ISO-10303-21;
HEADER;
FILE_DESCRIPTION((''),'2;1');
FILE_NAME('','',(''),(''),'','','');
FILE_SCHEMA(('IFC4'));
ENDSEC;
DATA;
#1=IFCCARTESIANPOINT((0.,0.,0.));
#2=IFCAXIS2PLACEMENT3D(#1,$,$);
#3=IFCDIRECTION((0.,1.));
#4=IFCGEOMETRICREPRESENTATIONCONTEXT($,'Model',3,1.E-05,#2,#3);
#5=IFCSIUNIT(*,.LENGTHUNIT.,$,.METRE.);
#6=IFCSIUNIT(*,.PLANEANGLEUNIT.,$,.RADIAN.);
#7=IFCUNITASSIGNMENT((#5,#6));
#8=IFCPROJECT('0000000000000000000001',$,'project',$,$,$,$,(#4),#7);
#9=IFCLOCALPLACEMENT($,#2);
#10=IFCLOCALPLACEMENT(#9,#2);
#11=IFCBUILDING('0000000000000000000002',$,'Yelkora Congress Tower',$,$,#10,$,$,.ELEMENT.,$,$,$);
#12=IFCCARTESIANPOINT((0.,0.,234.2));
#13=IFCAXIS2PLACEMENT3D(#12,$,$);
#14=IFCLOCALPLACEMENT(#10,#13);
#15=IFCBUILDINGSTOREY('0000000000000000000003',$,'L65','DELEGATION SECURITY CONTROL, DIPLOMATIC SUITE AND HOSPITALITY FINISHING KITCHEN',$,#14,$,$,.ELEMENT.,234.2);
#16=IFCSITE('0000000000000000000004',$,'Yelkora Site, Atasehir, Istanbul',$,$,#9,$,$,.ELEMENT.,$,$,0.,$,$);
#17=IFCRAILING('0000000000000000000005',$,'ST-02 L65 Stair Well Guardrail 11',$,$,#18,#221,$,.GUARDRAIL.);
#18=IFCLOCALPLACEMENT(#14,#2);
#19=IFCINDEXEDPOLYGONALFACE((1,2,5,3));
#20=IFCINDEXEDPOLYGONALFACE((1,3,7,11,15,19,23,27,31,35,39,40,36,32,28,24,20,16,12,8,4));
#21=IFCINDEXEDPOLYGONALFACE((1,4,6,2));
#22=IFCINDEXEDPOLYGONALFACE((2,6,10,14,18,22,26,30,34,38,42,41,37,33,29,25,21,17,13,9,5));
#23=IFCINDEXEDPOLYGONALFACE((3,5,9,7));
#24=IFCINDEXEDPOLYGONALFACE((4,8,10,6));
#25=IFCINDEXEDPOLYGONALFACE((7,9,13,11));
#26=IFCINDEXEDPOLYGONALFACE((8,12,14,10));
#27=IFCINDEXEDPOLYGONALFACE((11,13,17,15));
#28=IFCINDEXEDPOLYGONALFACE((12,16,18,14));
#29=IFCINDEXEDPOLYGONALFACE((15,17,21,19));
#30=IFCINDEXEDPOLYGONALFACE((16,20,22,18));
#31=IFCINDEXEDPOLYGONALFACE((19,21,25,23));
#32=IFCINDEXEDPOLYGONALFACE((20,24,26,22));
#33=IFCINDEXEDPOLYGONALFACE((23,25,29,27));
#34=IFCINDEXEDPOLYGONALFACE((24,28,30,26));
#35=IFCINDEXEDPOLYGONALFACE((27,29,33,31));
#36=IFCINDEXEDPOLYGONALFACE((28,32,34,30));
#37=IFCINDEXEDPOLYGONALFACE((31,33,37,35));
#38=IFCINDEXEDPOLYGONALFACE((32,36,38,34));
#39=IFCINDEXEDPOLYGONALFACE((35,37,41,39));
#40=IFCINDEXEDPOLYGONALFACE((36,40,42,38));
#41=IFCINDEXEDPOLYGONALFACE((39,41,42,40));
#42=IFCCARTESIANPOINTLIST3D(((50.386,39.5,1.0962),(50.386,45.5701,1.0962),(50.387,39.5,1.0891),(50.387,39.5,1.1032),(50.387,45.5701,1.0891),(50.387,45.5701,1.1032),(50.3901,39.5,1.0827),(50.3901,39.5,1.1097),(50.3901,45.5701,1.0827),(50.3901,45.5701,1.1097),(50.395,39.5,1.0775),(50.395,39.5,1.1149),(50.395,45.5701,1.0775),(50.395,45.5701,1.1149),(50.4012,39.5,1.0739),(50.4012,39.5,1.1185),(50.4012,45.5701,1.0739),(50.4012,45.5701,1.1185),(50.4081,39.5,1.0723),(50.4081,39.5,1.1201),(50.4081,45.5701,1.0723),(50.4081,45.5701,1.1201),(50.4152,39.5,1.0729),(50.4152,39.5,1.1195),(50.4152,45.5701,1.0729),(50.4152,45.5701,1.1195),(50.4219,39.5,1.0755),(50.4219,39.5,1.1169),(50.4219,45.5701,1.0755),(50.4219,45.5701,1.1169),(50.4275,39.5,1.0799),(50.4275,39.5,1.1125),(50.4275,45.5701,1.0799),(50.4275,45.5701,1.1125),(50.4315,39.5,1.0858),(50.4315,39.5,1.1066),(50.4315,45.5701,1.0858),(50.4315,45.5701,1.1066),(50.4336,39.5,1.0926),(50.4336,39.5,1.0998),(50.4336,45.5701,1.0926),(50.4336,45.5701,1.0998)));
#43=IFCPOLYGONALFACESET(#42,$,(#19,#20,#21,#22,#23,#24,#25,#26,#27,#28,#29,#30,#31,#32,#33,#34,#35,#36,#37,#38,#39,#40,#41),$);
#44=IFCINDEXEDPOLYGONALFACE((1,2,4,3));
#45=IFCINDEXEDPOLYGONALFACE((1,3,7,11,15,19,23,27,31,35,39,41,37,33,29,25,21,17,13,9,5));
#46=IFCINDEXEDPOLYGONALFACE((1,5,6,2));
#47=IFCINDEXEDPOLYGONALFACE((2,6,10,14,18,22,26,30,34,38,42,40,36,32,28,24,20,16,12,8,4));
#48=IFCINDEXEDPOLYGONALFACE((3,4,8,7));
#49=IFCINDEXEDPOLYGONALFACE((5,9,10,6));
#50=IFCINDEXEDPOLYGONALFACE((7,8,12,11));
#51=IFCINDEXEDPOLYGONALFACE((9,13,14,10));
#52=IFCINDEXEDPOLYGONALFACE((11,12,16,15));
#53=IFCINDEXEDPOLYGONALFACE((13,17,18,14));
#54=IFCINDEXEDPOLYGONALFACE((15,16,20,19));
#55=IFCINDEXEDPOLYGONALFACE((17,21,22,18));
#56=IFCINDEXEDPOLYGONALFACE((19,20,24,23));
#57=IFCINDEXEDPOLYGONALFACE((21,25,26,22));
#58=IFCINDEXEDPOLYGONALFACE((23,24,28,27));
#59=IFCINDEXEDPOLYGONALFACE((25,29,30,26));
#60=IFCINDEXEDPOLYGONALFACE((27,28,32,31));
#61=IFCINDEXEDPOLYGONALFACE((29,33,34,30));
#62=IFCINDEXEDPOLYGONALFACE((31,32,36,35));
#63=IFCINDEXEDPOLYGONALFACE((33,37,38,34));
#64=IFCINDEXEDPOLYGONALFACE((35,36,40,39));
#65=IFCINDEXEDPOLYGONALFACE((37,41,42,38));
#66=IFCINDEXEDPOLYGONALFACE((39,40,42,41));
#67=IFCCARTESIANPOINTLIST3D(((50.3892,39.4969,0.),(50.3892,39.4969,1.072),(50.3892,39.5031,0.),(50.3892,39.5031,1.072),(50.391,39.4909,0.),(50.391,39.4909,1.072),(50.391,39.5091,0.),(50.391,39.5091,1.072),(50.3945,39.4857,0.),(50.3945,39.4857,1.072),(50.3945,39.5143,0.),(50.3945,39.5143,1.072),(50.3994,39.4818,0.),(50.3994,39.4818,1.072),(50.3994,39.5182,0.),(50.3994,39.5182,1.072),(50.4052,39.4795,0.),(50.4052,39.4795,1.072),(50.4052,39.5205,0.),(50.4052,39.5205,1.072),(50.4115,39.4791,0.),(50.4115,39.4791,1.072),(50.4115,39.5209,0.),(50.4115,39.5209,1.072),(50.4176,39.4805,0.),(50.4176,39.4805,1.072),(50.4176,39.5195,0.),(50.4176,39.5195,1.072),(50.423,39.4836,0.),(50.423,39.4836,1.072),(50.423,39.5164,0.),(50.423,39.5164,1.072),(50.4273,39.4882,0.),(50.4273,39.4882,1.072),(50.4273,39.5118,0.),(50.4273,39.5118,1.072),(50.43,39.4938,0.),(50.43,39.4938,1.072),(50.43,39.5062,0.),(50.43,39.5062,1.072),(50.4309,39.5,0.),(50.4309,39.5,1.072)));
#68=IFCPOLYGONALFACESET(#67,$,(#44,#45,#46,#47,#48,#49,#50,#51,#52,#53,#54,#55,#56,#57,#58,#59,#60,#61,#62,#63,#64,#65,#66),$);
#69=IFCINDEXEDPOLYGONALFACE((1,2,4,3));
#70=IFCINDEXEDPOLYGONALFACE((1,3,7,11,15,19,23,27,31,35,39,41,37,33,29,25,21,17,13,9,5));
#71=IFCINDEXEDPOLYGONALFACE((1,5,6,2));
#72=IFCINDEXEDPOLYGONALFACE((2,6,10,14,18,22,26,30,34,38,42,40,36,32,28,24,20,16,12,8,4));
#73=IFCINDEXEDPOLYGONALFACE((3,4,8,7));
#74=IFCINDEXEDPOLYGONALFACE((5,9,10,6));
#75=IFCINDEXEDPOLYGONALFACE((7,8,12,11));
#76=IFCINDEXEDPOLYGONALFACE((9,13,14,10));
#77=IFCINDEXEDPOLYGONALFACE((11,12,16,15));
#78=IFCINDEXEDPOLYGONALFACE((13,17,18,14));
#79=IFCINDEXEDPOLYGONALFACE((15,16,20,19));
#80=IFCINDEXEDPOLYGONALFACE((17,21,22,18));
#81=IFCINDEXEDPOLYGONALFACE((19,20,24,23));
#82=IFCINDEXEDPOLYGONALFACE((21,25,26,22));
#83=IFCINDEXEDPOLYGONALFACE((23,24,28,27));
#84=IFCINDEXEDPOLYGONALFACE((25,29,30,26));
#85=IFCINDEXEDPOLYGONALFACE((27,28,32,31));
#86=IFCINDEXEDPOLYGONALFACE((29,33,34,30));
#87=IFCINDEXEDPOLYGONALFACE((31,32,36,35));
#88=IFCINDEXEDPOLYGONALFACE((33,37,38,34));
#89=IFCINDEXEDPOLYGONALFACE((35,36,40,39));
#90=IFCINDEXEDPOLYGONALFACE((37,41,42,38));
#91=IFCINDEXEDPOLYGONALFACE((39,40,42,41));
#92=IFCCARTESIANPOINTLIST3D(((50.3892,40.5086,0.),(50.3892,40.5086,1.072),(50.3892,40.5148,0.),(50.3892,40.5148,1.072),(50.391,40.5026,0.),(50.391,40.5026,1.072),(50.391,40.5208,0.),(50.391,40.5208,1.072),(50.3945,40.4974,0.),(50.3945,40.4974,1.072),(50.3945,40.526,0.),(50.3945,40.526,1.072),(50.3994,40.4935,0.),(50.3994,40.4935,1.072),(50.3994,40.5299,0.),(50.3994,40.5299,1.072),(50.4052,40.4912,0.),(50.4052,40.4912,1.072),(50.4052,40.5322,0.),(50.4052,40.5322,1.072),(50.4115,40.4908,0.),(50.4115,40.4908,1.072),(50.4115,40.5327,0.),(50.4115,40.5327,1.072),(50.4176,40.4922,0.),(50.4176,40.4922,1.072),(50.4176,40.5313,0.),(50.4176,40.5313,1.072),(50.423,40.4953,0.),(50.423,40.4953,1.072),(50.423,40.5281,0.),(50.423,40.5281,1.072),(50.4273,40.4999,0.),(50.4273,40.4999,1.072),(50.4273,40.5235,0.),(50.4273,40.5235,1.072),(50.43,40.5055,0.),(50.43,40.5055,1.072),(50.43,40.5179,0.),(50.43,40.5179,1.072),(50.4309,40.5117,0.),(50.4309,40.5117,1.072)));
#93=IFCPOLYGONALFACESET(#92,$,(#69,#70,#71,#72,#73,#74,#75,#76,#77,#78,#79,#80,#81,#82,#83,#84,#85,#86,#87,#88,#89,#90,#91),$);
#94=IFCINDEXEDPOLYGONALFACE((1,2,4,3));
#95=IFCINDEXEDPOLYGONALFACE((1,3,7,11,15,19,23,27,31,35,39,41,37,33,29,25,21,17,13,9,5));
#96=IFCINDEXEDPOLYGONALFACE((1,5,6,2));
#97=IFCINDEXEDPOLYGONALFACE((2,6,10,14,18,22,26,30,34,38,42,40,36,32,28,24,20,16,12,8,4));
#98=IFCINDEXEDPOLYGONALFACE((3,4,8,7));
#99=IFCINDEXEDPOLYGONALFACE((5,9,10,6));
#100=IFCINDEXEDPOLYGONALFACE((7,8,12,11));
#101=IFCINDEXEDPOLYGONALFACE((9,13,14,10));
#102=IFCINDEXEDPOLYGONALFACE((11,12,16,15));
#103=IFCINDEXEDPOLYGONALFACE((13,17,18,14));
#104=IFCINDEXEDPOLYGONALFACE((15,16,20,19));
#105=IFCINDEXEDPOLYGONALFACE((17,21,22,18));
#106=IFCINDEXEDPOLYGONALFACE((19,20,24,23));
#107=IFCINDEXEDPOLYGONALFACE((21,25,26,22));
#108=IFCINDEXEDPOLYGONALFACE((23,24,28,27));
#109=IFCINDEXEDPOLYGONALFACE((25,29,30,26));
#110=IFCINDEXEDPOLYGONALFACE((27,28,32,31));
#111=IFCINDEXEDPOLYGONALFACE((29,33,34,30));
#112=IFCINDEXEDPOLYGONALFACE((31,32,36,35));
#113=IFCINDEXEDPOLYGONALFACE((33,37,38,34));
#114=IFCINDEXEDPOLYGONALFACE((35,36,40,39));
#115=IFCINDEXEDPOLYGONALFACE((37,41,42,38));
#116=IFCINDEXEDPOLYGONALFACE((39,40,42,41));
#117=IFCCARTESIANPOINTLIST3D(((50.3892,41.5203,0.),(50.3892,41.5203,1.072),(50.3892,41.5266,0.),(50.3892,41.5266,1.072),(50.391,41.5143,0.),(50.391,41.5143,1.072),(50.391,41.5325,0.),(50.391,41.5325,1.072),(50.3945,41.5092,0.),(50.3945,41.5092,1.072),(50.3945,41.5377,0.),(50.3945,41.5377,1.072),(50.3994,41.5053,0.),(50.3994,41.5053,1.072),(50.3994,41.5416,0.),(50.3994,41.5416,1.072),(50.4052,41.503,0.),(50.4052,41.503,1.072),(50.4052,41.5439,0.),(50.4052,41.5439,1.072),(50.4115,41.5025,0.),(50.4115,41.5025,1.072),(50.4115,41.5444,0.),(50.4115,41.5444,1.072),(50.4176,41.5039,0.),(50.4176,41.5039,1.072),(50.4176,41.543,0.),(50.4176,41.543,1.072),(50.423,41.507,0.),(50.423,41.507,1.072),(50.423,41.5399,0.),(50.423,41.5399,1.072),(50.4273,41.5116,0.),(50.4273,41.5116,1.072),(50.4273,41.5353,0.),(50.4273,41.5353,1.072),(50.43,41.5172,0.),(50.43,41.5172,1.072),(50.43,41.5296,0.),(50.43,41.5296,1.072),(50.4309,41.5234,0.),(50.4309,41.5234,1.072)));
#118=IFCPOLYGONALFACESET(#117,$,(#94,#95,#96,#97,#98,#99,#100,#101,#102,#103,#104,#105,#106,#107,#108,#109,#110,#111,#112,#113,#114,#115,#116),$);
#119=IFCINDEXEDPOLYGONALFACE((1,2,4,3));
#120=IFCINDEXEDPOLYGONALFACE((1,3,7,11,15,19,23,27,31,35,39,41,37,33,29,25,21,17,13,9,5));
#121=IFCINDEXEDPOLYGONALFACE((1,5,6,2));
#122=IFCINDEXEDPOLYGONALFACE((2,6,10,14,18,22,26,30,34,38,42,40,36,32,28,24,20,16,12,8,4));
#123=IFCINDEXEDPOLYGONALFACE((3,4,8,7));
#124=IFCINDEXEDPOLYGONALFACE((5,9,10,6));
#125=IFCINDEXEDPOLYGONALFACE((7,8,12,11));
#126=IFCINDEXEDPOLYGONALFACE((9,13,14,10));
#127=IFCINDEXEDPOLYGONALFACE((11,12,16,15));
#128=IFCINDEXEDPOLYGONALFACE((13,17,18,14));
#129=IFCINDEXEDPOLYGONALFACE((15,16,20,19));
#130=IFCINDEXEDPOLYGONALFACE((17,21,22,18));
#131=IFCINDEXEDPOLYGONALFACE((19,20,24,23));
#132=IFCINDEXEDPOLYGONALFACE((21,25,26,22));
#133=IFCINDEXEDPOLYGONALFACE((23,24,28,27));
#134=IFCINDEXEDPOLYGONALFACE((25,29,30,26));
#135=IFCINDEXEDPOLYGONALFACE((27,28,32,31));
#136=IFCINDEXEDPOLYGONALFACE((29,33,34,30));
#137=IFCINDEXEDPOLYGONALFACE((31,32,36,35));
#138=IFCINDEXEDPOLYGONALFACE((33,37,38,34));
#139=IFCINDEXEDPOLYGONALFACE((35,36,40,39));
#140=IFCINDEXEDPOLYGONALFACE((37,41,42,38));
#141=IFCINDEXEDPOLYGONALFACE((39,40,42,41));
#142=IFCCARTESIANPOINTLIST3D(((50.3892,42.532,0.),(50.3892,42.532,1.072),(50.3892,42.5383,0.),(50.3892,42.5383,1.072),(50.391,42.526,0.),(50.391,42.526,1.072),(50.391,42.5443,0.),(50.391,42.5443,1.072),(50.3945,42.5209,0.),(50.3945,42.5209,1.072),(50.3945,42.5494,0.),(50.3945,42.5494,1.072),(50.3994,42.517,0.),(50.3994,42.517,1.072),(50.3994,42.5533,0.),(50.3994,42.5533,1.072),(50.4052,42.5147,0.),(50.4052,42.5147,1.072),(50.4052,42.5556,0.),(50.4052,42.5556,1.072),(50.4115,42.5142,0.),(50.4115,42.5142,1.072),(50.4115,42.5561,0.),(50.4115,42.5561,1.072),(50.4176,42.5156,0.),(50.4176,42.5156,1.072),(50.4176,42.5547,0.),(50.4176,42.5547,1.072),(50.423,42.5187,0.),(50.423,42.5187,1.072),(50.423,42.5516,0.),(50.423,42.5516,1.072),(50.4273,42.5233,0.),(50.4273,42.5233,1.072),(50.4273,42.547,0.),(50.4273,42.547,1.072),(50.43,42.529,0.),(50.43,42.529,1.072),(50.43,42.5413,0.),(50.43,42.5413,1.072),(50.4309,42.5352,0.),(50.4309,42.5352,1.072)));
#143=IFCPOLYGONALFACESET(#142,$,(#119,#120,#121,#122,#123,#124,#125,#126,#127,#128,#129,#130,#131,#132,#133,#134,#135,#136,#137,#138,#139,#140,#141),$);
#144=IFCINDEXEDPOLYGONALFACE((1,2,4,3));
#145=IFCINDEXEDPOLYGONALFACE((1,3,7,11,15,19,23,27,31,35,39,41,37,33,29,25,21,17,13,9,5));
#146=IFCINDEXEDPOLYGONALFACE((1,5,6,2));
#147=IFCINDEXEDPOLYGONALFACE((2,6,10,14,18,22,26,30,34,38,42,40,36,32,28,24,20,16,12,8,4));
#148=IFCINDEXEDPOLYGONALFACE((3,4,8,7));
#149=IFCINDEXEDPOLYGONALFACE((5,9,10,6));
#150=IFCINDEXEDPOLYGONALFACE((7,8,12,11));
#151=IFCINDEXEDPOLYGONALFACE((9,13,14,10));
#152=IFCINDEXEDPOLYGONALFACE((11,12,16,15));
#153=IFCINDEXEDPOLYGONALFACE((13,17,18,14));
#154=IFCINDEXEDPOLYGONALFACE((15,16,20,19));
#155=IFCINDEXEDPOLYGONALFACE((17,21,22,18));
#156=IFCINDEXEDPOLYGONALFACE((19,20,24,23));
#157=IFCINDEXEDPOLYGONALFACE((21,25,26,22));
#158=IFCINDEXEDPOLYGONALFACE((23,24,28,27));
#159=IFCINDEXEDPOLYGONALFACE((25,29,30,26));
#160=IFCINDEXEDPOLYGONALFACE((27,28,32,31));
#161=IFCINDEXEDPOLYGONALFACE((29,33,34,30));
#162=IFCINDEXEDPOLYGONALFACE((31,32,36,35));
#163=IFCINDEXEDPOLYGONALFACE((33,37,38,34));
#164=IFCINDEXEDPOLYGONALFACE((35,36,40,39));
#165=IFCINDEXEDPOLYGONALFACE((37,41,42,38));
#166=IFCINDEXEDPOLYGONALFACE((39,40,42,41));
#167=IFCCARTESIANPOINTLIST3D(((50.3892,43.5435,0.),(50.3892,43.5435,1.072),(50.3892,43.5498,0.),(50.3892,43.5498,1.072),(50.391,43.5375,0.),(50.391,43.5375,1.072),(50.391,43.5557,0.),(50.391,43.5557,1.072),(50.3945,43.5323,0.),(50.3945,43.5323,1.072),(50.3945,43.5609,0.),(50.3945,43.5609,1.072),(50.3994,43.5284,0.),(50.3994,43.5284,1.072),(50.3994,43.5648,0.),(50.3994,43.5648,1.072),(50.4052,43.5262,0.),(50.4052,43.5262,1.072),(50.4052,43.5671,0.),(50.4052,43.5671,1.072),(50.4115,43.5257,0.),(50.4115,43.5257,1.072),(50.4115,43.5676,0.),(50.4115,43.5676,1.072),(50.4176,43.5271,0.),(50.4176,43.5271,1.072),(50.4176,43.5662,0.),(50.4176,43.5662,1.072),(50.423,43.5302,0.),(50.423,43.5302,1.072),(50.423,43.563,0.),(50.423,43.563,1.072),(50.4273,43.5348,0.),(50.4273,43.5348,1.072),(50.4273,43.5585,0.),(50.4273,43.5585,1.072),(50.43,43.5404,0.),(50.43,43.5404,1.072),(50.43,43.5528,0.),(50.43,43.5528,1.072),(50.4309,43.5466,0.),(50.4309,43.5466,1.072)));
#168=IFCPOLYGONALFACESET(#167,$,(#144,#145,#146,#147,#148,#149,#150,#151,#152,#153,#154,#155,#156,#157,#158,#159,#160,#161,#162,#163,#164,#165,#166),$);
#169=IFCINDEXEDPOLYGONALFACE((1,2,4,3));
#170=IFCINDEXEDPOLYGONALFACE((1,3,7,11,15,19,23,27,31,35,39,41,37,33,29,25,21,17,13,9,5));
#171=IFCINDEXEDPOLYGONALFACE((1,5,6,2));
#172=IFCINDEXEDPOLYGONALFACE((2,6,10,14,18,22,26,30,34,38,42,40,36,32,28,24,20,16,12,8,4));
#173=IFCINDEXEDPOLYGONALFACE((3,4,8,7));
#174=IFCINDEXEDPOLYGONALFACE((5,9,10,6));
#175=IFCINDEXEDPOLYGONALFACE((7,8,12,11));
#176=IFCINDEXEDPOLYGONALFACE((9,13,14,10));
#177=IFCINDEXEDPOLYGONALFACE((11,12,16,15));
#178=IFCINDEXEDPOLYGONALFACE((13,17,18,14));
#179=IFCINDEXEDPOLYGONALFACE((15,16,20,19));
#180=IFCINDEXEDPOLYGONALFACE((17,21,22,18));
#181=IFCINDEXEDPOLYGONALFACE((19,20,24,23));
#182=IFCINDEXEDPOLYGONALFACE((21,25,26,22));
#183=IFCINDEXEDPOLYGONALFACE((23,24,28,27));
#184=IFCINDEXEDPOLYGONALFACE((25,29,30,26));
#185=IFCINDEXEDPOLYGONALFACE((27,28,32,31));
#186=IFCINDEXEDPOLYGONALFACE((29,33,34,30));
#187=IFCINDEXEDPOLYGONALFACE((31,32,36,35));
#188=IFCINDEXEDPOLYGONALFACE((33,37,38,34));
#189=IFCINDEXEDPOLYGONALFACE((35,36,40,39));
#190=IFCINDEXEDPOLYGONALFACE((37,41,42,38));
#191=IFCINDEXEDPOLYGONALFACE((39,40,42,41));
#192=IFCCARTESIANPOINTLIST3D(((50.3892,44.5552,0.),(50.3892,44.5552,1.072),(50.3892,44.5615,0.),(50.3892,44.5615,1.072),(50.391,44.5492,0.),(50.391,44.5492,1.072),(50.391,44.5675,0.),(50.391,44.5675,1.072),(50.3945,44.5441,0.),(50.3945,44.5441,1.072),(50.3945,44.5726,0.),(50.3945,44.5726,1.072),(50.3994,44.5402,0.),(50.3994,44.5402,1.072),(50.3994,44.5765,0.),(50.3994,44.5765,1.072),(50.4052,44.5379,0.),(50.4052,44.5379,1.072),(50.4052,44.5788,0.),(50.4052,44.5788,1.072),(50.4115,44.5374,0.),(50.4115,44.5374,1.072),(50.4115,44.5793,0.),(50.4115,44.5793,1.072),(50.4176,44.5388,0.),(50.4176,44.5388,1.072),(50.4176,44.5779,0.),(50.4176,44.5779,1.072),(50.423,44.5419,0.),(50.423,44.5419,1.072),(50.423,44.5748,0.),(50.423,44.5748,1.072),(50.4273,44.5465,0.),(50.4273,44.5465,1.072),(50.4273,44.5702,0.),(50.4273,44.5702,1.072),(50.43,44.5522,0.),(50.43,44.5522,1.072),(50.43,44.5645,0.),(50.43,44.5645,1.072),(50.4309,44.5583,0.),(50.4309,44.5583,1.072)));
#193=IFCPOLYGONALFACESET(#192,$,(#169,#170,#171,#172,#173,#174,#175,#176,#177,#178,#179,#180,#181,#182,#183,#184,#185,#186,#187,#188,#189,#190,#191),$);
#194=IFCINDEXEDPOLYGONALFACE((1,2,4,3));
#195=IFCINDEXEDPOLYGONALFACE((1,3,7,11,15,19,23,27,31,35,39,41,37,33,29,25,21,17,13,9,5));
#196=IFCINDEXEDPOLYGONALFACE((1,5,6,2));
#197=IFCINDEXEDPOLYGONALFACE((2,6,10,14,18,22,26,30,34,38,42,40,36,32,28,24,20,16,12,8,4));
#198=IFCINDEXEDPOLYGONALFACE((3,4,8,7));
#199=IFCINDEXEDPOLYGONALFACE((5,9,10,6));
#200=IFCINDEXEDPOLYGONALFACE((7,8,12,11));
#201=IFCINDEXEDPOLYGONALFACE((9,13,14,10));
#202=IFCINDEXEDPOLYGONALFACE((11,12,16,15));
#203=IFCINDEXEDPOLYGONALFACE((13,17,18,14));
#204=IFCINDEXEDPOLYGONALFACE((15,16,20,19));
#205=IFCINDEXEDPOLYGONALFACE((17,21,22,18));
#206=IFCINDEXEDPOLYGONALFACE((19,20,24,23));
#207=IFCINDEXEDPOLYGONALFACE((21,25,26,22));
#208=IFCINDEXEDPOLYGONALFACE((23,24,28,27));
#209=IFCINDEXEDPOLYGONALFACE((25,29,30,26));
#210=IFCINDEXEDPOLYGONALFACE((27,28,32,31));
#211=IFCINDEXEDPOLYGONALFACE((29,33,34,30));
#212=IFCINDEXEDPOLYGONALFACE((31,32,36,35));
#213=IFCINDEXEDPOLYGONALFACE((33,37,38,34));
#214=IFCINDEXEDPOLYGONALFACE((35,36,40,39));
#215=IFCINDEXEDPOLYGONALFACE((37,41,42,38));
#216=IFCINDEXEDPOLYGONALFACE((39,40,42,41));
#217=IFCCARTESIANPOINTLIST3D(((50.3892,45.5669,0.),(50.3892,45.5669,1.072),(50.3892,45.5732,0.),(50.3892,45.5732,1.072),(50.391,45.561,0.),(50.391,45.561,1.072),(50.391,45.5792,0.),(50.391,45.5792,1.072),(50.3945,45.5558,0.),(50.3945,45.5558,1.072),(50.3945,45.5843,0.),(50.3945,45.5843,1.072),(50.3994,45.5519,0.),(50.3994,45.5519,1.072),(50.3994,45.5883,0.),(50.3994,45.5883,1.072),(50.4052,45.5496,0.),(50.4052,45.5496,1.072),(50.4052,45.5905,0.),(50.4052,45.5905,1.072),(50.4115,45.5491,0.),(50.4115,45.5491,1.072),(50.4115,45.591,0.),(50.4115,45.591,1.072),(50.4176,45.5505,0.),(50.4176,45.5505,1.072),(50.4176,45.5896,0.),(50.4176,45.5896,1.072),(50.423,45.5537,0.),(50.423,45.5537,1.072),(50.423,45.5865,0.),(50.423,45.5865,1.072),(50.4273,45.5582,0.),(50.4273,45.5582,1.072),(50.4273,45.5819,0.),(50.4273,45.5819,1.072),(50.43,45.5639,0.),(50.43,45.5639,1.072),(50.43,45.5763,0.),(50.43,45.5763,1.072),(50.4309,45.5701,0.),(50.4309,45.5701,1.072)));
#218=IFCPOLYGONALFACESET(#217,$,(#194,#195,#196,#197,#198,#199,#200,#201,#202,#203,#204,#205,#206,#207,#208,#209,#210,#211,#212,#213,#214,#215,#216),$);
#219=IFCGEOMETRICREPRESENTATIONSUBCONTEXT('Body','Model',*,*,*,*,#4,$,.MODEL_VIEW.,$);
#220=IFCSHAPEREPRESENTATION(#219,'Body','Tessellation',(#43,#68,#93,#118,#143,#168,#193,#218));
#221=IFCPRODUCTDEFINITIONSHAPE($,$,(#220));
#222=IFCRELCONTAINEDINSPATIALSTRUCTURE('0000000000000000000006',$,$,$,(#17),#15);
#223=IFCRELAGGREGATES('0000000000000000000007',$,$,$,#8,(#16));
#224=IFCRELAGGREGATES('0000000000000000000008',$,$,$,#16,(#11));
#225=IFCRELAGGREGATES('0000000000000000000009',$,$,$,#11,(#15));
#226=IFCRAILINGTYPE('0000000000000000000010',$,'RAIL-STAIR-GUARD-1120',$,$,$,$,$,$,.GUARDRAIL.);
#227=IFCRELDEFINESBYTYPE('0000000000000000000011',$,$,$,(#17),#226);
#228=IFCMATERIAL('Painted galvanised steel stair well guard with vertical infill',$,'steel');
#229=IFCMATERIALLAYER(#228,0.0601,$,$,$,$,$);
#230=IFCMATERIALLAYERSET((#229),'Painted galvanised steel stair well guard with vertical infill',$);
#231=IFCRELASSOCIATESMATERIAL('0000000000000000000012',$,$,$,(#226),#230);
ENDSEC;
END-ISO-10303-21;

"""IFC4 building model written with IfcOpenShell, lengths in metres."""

from ifc_helpers import new_model, si_unit, direction, frame, origin, origin_2d, place, context, subcontext, project, spatial, circle, extrude, material, layer, layer_set, type_object, element, save


model = new_model("IFC4")

# Units and contexts
model_context = context("Model", 3, precision=1e-05, world=origin(), true_north=direction((0.0, 1.0)))
body_context = subcontext(model_context, "Body", "Model", "MODEL_VIEW")
ifc_project = project(units=[si_unit("LENGTHUNIT", "METRE"), si_unit("PLANEANGLEUNIT", "RADIAN")], contexts=[model_context])

# Site, building, storey
site_placement = place(None, origin())
site = spatial("IfcSite", under=ifc_project, at=site_placement, Name="Yelkora Site, Atasehir, Istanbul", CompositionType="ELEMENT", RefElevation=0.0)
building_placement = place(site_placement, origin())
building = spatial("IfcBuilding", under=site, at=building_placement, Name="Yelkora Congress Tower", CompositionType="ELEMENT")
storey_placement = place(building_placement, frame((0.0, 0.0, 234.2)))
storey = spatial("IfcBuildingStorey", under=building, at=storey_placement, Name="L65", Description="DELEGATION SECURITY CONTROL, DIPLOMATIC SUITE AND HOSPITALITY FINISHING KITCHEN", CompositionType="ELEMENT", Elevation=234.2)

# Railing
ifc_material_1 = material(Name="Painted galvanised steel stair well guard with vertical infill", Category="steel")
ifc_layer_1 = layer(ifc_material_1, 0.0601)
ifc_layer_set_1 = layer_set([ifc_layer_1], Name="Painted galvanised steel stair well guard with vertical infill")
railing_type_1 = type_object("IfcRailingType", Name="RAIL-STAIR-GUARD-1120", PredefinedType="GUARDRAIL", material=ifc_layer_set_1)
railing_1_placement = place(storey_placement, frame((50.4099, 39.5, 0.0)))
element("IfcRailing", 1, at=railing_1_placement, inside=storey, type_object=railing_type_1, Name="ST-02 L65 Stair Well Guardrail 11", PredefinedType="GUARDRAIL", context=body_context, shape_type="SweptSolid", body=[
    extrude(circle(Radius=0.0239, at=origin_2d()), frame((0.0, 0.0, 1.0962), z_axis=(0.0, 1.0, 0.0), x_axis=(-1.0, 0.0, 0.0)), (0.0, 0.0, 1.0), 6.0701),
    extrude(circle(Radius=0.021, at=origin_2d()), origin(), (0.0, 0.0, 1.0), 1.072),
    extrude(circle(Radius=0.021, at=origin_2d()), frame((0.0, 1.0117, 0.0)), (0.0, 0.0, 1.0), 1.072),
    extrude(circle(Radius=0.021, at=origin_2d()), frame((0.0, 2.0234, 0.0)), (0.0, 0.0, 1.0), 1.072),
    extrude(circle(Radius=0.021, at=origin_2d()), frame((0.0, 3.0352, 0.0)), (0.0, 0.0, 1.0), 1.072),
    extrude(circle(Radius=0.021, at=origin_2d()), frame((0.0, 4.0466, 0.0)), (0.0, 0.0, 1.0), 1.072),
    extrude(circle(Radius=0.021, at=origin_2d()), frame((0.0, 5.0583, 0.0)), (0.0, 0.0, 1.0), 1.072),
    extrude(circle(Radius=0.021, at=origin_2d()), frame((0.0, 6.0701, 0.0)), (0.0, 0.0, 1.0), 1.072),
])

save(model, "model.ifc")
